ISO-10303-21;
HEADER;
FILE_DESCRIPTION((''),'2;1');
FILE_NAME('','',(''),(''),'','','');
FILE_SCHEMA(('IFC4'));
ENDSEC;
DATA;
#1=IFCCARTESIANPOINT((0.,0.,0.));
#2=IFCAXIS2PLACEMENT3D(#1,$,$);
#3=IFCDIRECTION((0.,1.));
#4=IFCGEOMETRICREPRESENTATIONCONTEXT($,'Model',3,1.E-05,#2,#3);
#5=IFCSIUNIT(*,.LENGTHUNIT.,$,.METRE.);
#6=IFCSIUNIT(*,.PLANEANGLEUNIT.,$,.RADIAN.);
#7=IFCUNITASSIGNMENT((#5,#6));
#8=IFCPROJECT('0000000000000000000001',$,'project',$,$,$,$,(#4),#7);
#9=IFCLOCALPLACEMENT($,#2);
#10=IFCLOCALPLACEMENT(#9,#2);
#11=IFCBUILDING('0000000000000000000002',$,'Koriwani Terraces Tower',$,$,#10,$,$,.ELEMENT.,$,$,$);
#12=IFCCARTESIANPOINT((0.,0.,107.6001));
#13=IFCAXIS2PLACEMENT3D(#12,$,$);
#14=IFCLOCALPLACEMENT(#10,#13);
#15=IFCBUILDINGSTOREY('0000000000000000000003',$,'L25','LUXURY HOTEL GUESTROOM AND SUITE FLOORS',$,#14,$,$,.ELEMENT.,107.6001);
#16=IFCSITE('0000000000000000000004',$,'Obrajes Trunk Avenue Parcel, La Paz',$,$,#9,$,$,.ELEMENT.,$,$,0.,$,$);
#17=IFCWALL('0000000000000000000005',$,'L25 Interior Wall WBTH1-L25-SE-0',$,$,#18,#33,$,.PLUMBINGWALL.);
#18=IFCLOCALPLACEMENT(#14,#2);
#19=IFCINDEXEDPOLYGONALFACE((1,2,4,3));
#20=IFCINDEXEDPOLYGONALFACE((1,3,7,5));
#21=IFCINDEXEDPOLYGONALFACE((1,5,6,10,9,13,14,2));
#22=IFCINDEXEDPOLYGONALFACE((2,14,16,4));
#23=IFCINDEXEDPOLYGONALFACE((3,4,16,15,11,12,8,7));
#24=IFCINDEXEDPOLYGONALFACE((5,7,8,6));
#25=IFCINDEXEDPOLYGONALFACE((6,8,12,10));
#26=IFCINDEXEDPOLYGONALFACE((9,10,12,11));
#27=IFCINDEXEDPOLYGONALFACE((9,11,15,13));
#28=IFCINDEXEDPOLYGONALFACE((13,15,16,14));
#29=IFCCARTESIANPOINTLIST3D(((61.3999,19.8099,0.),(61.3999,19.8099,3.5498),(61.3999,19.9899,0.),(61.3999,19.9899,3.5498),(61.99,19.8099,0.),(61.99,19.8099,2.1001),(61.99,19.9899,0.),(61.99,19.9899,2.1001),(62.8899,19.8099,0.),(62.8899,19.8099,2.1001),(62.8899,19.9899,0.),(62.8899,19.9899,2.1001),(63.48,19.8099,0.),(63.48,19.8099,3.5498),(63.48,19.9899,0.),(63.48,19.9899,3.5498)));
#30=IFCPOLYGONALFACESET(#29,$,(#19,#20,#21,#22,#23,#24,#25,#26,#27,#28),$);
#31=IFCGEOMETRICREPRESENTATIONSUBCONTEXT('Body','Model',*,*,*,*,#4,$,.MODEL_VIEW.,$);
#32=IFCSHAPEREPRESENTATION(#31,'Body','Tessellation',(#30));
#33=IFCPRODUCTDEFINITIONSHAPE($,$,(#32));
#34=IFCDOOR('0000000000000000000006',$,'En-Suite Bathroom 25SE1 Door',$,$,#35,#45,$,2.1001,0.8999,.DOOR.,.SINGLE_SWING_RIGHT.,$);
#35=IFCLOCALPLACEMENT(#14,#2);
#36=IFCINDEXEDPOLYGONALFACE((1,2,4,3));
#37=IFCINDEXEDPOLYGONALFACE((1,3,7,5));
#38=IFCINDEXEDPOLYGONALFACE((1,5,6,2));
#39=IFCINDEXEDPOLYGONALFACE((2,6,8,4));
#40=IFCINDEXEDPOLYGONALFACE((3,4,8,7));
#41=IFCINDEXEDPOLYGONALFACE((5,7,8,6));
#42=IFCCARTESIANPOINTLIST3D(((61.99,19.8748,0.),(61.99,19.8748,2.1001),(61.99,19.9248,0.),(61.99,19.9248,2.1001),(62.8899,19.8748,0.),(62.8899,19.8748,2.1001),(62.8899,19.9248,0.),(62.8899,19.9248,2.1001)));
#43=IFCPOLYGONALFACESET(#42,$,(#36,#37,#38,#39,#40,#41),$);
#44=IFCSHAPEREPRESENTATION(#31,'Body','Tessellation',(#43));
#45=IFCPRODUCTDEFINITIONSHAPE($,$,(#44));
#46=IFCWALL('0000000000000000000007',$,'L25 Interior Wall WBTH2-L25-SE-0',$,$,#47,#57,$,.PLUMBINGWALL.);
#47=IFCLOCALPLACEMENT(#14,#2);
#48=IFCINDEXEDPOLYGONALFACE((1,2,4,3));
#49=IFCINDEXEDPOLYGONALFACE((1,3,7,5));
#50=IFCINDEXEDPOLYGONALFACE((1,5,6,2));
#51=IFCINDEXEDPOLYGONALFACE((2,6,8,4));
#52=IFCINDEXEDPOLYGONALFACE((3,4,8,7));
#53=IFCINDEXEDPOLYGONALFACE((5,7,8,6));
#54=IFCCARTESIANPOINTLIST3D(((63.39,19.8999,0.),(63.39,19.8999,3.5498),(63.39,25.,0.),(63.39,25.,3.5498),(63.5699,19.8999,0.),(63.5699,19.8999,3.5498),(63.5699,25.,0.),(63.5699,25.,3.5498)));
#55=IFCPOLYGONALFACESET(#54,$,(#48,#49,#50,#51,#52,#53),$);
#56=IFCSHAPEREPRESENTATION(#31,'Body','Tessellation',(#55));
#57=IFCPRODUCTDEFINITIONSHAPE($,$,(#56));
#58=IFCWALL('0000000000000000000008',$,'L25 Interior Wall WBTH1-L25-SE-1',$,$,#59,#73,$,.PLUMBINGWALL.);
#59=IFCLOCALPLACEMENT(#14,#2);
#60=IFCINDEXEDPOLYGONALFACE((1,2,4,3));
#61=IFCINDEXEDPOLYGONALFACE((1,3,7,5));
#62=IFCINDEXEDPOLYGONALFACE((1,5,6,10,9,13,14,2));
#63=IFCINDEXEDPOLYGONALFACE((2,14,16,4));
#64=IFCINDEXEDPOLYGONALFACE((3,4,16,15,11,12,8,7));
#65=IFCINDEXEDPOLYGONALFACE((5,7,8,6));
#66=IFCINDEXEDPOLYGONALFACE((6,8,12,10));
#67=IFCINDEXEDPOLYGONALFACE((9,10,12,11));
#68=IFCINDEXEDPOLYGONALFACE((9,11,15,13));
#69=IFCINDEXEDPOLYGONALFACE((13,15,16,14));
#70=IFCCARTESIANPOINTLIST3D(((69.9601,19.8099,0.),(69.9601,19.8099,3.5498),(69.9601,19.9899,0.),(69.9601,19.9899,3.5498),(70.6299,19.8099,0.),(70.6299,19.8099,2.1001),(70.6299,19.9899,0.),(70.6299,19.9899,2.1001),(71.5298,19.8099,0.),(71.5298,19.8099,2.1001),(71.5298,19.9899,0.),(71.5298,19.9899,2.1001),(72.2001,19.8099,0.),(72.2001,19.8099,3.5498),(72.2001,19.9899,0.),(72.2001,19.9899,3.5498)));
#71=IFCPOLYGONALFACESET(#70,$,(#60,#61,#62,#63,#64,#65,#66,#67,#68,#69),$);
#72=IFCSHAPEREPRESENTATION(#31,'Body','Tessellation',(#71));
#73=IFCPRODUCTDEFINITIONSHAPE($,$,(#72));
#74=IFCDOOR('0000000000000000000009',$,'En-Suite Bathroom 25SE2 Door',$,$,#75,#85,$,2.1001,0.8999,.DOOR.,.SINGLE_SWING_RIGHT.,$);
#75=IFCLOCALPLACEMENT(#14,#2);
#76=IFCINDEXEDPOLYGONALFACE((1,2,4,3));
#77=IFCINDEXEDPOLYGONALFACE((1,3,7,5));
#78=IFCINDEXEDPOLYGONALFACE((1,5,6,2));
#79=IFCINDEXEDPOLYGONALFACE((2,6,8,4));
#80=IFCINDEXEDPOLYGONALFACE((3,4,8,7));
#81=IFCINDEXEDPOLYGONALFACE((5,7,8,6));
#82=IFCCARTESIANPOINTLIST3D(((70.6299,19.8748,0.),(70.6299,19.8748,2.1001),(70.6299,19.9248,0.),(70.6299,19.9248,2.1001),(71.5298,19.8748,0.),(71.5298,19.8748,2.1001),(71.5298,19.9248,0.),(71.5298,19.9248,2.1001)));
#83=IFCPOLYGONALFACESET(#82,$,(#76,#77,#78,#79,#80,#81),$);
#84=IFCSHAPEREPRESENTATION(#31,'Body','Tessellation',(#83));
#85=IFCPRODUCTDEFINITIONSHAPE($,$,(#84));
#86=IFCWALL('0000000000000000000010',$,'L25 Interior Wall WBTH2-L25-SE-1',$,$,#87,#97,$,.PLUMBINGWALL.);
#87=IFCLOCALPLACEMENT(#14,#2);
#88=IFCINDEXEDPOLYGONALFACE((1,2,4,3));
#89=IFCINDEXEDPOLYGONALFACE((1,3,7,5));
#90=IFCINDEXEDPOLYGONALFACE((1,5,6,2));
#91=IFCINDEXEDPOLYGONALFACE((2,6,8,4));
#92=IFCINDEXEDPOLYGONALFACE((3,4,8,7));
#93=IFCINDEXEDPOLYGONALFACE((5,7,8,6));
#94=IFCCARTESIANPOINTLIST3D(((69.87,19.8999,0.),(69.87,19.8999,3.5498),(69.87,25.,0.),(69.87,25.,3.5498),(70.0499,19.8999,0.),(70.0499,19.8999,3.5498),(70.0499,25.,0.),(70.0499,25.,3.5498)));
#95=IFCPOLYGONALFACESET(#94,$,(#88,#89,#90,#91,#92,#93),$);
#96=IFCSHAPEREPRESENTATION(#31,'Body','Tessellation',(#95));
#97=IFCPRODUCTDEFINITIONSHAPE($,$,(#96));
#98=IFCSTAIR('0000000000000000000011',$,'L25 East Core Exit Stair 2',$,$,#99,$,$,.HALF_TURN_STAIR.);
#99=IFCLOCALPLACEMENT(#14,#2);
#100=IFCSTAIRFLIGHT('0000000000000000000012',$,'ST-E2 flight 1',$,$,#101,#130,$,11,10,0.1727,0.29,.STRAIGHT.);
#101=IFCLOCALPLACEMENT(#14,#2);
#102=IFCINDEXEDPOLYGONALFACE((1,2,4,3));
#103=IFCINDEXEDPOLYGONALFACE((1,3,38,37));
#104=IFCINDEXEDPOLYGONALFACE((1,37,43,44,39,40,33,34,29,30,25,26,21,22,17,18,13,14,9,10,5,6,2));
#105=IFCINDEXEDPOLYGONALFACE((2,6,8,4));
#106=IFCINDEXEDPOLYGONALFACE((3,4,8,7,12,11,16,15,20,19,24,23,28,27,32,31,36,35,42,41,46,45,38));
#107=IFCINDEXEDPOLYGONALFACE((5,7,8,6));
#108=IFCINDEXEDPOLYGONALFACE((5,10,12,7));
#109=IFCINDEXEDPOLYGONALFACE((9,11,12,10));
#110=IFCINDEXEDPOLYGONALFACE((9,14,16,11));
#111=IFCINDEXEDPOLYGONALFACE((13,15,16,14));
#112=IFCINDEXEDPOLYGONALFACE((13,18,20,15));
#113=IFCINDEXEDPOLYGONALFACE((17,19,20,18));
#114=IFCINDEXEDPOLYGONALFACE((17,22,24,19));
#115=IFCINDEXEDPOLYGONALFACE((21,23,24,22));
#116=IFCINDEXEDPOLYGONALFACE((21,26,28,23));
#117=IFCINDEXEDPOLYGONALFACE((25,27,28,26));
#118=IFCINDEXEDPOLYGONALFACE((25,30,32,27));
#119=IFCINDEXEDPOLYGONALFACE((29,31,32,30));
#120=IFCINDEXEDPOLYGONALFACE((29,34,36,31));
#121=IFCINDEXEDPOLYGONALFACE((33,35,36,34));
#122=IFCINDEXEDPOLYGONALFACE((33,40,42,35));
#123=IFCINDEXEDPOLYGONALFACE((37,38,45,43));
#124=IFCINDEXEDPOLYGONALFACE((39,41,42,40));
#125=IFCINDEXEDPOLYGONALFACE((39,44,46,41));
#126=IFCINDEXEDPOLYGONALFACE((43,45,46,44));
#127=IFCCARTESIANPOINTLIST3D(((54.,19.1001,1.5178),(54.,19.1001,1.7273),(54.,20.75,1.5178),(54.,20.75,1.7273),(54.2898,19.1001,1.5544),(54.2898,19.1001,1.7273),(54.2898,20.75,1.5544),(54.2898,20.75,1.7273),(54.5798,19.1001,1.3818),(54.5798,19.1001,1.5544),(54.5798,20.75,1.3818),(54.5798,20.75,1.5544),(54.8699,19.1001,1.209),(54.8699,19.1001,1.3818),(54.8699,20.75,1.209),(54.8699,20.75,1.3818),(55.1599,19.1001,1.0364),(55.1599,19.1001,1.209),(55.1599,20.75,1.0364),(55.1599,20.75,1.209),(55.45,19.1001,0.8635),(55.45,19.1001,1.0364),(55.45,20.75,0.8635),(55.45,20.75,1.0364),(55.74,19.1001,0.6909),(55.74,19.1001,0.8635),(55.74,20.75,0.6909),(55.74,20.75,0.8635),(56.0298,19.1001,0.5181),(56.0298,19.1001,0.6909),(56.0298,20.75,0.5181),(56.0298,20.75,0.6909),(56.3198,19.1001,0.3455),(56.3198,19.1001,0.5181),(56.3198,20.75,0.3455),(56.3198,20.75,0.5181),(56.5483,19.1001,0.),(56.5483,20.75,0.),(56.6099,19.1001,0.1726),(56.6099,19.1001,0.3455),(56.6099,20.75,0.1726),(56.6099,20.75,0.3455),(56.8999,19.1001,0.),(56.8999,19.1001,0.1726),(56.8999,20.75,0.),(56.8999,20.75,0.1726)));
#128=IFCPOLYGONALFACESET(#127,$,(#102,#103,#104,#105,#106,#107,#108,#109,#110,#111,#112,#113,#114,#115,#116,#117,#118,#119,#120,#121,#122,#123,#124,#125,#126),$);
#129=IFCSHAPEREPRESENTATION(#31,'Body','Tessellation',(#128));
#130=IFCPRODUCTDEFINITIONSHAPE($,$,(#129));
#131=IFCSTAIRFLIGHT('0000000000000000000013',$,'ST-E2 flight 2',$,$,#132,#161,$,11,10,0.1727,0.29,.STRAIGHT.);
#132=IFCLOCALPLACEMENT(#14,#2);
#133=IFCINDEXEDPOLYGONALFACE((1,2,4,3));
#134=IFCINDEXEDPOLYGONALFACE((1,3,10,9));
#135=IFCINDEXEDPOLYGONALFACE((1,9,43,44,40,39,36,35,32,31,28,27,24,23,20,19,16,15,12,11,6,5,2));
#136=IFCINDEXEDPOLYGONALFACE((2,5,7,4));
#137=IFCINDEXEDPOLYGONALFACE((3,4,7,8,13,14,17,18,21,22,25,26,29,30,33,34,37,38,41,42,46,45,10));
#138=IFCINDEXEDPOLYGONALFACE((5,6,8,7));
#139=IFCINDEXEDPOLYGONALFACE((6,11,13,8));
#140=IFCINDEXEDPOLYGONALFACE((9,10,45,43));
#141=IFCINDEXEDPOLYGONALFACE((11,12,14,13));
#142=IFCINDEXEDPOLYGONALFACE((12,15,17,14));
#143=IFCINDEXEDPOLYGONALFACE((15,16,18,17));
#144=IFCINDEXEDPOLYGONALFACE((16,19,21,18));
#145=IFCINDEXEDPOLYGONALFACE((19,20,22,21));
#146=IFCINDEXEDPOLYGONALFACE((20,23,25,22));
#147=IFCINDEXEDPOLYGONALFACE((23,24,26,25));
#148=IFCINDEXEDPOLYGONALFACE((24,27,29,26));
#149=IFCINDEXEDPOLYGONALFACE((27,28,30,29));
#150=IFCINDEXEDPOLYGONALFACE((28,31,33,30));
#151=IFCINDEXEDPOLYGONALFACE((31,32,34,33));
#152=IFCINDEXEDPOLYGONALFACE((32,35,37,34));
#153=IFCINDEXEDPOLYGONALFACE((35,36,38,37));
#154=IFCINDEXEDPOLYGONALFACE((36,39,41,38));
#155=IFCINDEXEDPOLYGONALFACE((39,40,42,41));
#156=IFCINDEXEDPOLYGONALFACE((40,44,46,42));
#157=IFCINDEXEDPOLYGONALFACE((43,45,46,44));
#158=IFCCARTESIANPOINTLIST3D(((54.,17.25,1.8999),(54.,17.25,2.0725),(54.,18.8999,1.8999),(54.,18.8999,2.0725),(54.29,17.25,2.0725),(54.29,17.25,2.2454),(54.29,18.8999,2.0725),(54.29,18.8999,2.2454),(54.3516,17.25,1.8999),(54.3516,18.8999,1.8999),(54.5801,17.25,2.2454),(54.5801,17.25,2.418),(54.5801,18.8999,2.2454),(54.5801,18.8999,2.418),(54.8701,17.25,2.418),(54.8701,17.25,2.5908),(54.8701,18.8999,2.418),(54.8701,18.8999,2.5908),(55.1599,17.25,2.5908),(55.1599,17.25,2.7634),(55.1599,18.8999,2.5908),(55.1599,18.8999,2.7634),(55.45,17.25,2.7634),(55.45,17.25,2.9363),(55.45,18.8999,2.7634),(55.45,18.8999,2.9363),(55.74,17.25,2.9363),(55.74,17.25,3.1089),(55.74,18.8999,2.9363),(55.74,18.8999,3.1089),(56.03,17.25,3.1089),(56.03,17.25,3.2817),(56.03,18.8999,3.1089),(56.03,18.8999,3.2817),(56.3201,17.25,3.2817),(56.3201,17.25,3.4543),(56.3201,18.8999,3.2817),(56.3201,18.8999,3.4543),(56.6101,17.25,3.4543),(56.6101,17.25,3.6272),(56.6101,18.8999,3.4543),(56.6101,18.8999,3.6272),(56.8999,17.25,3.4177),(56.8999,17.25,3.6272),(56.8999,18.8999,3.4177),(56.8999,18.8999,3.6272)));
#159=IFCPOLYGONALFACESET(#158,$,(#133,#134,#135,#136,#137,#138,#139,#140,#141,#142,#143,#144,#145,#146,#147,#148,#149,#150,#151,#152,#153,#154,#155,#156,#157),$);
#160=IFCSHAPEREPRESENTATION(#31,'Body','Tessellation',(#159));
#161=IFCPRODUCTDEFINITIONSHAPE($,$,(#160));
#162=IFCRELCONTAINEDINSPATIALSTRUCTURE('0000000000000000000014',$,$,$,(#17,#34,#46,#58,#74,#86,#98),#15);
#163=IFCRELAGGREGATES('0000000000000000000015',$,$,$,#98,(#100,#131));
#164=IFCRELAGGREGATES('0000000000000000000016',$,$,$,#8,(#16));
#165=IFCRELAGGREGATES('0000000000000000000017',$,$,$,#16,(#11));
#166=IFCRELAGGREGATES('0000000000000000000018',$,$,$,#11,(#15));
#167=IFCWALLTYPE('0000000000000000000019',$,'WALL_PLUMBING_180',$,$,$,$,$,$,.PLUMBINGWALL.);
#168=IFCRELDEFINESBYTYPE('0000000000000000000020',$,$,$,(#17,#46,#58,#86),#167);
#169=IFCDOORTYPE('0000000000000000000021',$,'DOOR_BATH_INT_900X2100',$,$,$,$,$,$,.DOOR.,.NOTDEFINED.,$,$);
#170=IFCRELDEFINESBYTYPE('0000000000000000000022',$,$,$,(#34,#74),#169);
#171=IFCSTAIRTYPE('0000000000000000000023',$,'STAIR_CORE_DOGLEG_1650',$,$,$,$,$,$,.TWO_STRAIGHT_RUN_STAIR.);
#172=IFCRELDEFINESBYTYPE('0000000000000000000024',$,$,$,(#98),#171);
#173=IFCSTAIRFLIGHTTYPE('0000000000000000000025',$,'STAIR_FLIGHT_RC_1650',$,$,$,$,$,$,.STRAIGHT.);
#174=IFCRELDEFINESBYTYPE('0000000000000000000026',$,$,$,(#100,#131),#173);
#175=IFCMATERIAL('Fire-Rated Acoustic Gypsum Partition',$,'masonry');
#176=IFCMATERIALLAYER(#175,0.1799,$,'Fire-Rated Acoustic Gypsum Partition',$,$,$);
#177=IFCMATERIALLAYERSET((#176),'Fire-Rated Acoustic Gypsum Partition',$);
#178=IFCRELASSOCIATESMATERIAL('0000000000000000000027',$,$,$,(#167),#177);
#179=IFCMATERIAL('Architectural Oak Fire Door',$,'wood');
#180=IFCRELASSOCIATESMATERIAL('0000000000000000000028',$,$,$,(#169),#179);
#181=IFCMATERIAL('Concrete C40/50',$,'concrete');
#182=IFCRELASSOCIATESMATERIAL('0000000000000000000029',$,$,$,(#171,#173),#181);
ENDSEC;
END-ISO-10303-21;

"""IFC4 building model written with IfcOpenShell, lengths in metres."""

from ifc_helpers import new_model, si_unit, direction, frame, frame_2d, origin, place, context, subcontext, project, spatial, polyline, rectangle, outline, extrude, material, layer, layer_set, type_object, element, fill, aggregate, save


model = new_model("IFC4")

# Units and contexts
model_context = context("Model", 3, precision=1e-05, world=origin(), true_north=direction((0.0, 1.0)))
body_context = subcontext(model_context, "Body", "Model", "MODEL_VIEW")
ifc_project = project(units=[si_unit("LENGTHUNIT", "METRE"), si_unit("PLANEANGLEUNIT", "RADIAN")], contexts=[model_context])

# Site, building, storey
site_placement = place(None, origin())
site = spatial("IfcSite", under=ifc_project, at=site_placement, Name="Obrajes Trunk Avenue Parcel, La Paz", CompositionType="ELEMENT", RefElevation=0.0)
building_placement = place(site_placement, origin())
building = spatial("IfcBuilding", under=site, at=building_placement, Name="Koriwani Terraces Tower", CompositionType="ELEMENT")
storey_placement = place(building_placement, frame((0.0, 0.0, 107.6001)))
storey = spatial("IfcBuildingStorey", under=building, at=storey_placement, Name="L25", Description="LUXURY HOTEL GUESTROOM AND SUITE FLOORS", CompositionType="ELEMENT", Elevation=107.6001)

# Shared definitions
ifc_material_1 = material(Name="Concrete C40/50", Category="concrete")

# Shared definitions
ifc_material_2 = material(Name="Architectural Oak Fire Door", Category="wood")

# Wall, opening, door
ifc_material_3 = material(Name="Fire-Rated Acoustic Gypsum Partition", Category="masonry")
ifc_layer_1 = layer(ifc_material_3, 0.1799, Name="Fire-Rated Acoustic Gypsum Partition")
ifc_layer_set_1 = layer_set([ifc_layer_1], Name="Fire-Rated Acoustic Gypsum Partition")
wall_type_1 = type_object("IfcWallType", Name="WALL_PLUMBING_180", PredefinedType="PLUMBINGWALL", material=ifc_layer_set_1)
wall_1_placement = place(storey_placement, frame((61.3999, 19.8999, 0.0), z_axis=(0.0, 0.0, 1.0), x_axis=(1.0, 0.0, 0.0)))
wall_1 = element("IfcWall", 1, at=wall_1_placement, inside=storey, type_object=wall_type_1, Name="L25 Interior Wall WBTH1-L25-SE-0", PredefinedType="PLUMBINGWALL", context=body_context, shape_type="SweptSolid", body=[
    extrude(rectangle(XDim=2.0801, YDim=0.1799, at=frame_2d((1.04, 0.0))), origin(), (0.0, 0.0, 1.0), 3.5498),
])
opening_1_placement = place(wall_1_placement, frame((0.5901, 0.0, 0.0)))
opening_1 = element("IfcOpeningElement", 2, at=opening_1_placement, cuts=wall_1, PredefinedType="OPENING", context=body_context, shape_type="SweptSolid", body=[
    extrude(rectangle(XDim=0.8999, YDim=2.1001, at=frame_2d((0.45, 1.05))), frame((0.0, 0.1001, 0.0), z_axis=(0.0, -1.0, 0.0), x_axis=(1.0, 0.0, 0.0)), (0.0, 0.0, 1.0), 0.2),
])
door_type_1 = type_object("IfcDoorType", Name="DOOR_BATH_INT_900X2100", OperationType="NOTDEFINED", PredefinedType="DOOR", material=ifc_material_2)
door_1_placement = place(opening_1_placement, origin())
door_1 = element("IfcDoor", 3, at=door_1_placement, inside=storey, type_object=door_type_1, Name="En-Suite Bathroom 25SE1 Door", OperationType="SINGLE_SWING_RIGHT", OverallHeight=2.1001, OverallWidth=0.8999, PredefinedType="DOOR", context=body_context, shape_type="SweptSolid", body=[
    extrude(rectangle(XDim=0.8999, YDim=2.1001, at=frame_2d((0.45, 1.05))), frame((0.0, 0.0249, 0.0), z_axis=(0.0, -1.0, 0.0), x_axis=(1.0, 0.0, 0.0)), (0.0, 0.0, 1.0), 0.05),
])
fill(opening_1, door_1)

# Wall
wall_2_placement = place(storey_placement, frame((63.48, 19.8999, 0.0), z_axis=(0.0, 0.0, 1.0), x_axis=(0.0, 1.0, 0.0)))
element("IfcWall", 4, at=wall_2_placement, inside=storey, type_object=wall_type_1, Name="L25 Interior Wall WBTH2-L25-SE-0", PredefinedType="PLUMBINGWALL", context=body_context, shape_type="SweptSolid", body=[
    extrude(rectangle(XDim=5.1001, YDim=0.1799, at=frame_2d((2.55, 0.0))), origin(), (0.0, 0.0, 1.0), 3.5498),
])

# Wall, opening, door
wall_3_placement = place(storey_placement, frame((69.96, 19.8999, 0.0), z_axis=(0.0, 0.0, 1.0), x_axis=(1.0, 0.0, 0.0)))
wall_3 = element("IfcWall", 5, at=wall_3_placement, inside=storey, type_object=wall_type_1, Name="L25 Interior Wall WBTH1-L25-SE-1", PredefinedType="PLUMBINGWALL", context=body_context, shape_type="SweptSolid", body=[
    extrude(rectangle(XDim=2.24, YDim=0.1799, at=frame_2d((1.1201, 0.0))), origin(), (0.0, 0.0, 1.0), 3.5498),
])
opening_2_placement = place(wall_3_placement, frame((0.6699, 0.0, 0.0)))
opening_2 = element("IfcOpeningElement", 6, at=opening_2_placement, cuts=wall_3, PredefinedType="OPENING", context=body_context, shape_type="SweptSolid", body=[
    extrude(rectangle(XDim=0.8999, YDim=2.1001, at=frame_2d((0.45, 1.05))), frame((0.0, 0.1001, 0.0), z_axis=(0.0, -1.0, 0.0), x_axis=(1.0, 0.0, 0.0)), (0.0, 0.0, 1.0), 0.2),
])
door_2_placement = place(opening_2_placement, origin())
door_2 = element("IfcDoor", 7, at=door_2_placement, inside=storey, type_object=door_type_1, Name="En-Suite Bathroom 25SE2 Door", OperationType="SINGLE_SWING_RIGHT", OverallHeight=2.1001, OverallWidth=0.8999, PredefinedType="DOOR", context=body_context, shape_type="SweptSolid", body=[
    extrude(rectangle(XDim=0.8999, YDim=2.1001, at=frame_2d((0.45, 1.05))), frame((0.0, 0.0249, 0.0), z_axis=(0.0, -1.0, 0.0), x_axis=(1.0, 0.0, 0.0)), (0.0, 0.0, 1.0), 0.05),
])
fill(opening_2, door_2)

# Wall
wall_4_placement = place(storey_placement, frame((69.96, 19.8999, 0.0), z_axis=(0.0, 0.0, 1.0), x_axis=(0.0, 1.0, 0.0)))
element("IfcWall", 8, at=wall_4_placement, inside=storey, type_object=wall_type_1, Name="L25 Interior Wall WBTH2-L25-SE-1", PredefinedType="PLUMBINGWALL", context=body_context, shape_type="SweptSolid", body=[
    extrude(rectangle(XDim=5.1001, YDim=0.1799, at=frame_2d((2.55, 0.0))), origin(), (0.0, 0.0, 1.0), 3.5498),
])

# Stair, stair flights
stair_type = type_object("IfcStairType", Name="STAIR_CORE_DOGLEG_1650", PredefinedType="TWO_STRAIGHT_RUN_STAIR", material=ifc_material_1)
stair_placement = place(storey_placement, origin())
stair = element("IfcStair", 9, at=stair_placement, inside=storey, type_object=stair_type, Name="L25 East Core Exit Stair 2", PredefinedType="HALF_TURN_STAIR")
stair_flight_type = type_object("IfcStairFlightType", Name="STAIR_FLIGHT_RC_1650", PredefinedType="STRAIGHT", material=ifc_material_1)
stair_flight_1_placement = place(storey_placement, frame((56.8999, 19.925, 0.0), z_axis=(0.0, 0.0, 1.0), x_axis=(-1.0, 0.0, 0.0)))
stair_flight_1 = element("IfcStairFlight", 10, at=stair_flight_1_placement, type_object=stair_flight_type, Name="ST-E2 flight 1", NumberOfRisers=11, NumberOfTreads=10, PredefinedType="STRAIGHT", RiserHeight=0.1727, TreadLength=0.29, context=body_context, shape_type="SweptSolid", body=[
    extrude(outline(polyline([(0.0, 0.0), (0.0, 0.1726), (0.29, 0.1726), (0.29, 0.3455), (0.5801, 0.3455), (0.5801, 0.5181), (0.8701, 0.5181), (0.8701, 0.6909), (1.1599, 0.6909), (1.1599, 0.8635), (1.45, 0.8635), (1.45, 1.0364), (1.74, 1.0364), (1.74, 1.209), (2.03, 1.209), (2.03, 1.3818), (2.3201, 1.3818), (2.3201, 1.5544), (2.6101, 1.5544), (2.6101, 1.7273), (2.8999, 1.7273), (2.8999, 1.8999), (2.8999, 1.5178), (0.3516, 0.0), (0.0, 0.0)])), frame((0.0, 0.825, 0.0), z_axis=(0.0, -1.0, 0.0), x_axis=(1.0, 0.0, 0.0)), (0.0, 0.0, 1.0), 1.6499),
])
stair_flight_2_placement = place(storey_placement, frame((54.0, 18.075, 1.8999), z_axis=(0.0, 0.0, 1.0), x_axis=(1.0, 0.0, 0.0)))
stair_flight_2 = element("IfcStairFlight", 11, at=stair_flight_2_placement, type_object=stair_flight_type, Name="ST-E2 flight 2", NumberOfRisers=11, NumberOfTreads=10, PredefinedType="STRAIGHT", RiserHeight=0.1727, TreadLength=0.29, context=body_context, shape_type="SweptSolid", body=[
    extrude(outline(polyline([(0.0, 0.0), (0.0, 0.1726), (0.29, 0.1726), (0.29, 0.3455), (0.5801, 0.3455), (0.5801, 0.5181), (0.8701, 0.5181), (0.8701, 0.6909), (1.1599, 0.6909), (1.1599, 0.8635), (1.45, 0.8635), (1.45, 1.0364), (1.74, 1.0364), (1.74, 1.209), (2.03, 1.209), (2.03, 1.3818), (2.3201, 1.3818), (2.3201, 1.5544), (2.6101, 1.5544), (2.6101, 1.7273), (2.8999, 1.7273), (2.8999, 1.8999), (2.8999, 1.5178), (0.3516, 0.0), (0.0, 0.0)])), frame((0.0, 0.825, 0.0), z_axis=(0.0, -1.0, 0.0), x_axis=(1.0, 0.0, 0.0)), (0.0, 0.0, 1.0), 1.6499),
])
aggregate(stair, [stair_flight_1, stair_flight_2])

save(model, "model.ifc")
